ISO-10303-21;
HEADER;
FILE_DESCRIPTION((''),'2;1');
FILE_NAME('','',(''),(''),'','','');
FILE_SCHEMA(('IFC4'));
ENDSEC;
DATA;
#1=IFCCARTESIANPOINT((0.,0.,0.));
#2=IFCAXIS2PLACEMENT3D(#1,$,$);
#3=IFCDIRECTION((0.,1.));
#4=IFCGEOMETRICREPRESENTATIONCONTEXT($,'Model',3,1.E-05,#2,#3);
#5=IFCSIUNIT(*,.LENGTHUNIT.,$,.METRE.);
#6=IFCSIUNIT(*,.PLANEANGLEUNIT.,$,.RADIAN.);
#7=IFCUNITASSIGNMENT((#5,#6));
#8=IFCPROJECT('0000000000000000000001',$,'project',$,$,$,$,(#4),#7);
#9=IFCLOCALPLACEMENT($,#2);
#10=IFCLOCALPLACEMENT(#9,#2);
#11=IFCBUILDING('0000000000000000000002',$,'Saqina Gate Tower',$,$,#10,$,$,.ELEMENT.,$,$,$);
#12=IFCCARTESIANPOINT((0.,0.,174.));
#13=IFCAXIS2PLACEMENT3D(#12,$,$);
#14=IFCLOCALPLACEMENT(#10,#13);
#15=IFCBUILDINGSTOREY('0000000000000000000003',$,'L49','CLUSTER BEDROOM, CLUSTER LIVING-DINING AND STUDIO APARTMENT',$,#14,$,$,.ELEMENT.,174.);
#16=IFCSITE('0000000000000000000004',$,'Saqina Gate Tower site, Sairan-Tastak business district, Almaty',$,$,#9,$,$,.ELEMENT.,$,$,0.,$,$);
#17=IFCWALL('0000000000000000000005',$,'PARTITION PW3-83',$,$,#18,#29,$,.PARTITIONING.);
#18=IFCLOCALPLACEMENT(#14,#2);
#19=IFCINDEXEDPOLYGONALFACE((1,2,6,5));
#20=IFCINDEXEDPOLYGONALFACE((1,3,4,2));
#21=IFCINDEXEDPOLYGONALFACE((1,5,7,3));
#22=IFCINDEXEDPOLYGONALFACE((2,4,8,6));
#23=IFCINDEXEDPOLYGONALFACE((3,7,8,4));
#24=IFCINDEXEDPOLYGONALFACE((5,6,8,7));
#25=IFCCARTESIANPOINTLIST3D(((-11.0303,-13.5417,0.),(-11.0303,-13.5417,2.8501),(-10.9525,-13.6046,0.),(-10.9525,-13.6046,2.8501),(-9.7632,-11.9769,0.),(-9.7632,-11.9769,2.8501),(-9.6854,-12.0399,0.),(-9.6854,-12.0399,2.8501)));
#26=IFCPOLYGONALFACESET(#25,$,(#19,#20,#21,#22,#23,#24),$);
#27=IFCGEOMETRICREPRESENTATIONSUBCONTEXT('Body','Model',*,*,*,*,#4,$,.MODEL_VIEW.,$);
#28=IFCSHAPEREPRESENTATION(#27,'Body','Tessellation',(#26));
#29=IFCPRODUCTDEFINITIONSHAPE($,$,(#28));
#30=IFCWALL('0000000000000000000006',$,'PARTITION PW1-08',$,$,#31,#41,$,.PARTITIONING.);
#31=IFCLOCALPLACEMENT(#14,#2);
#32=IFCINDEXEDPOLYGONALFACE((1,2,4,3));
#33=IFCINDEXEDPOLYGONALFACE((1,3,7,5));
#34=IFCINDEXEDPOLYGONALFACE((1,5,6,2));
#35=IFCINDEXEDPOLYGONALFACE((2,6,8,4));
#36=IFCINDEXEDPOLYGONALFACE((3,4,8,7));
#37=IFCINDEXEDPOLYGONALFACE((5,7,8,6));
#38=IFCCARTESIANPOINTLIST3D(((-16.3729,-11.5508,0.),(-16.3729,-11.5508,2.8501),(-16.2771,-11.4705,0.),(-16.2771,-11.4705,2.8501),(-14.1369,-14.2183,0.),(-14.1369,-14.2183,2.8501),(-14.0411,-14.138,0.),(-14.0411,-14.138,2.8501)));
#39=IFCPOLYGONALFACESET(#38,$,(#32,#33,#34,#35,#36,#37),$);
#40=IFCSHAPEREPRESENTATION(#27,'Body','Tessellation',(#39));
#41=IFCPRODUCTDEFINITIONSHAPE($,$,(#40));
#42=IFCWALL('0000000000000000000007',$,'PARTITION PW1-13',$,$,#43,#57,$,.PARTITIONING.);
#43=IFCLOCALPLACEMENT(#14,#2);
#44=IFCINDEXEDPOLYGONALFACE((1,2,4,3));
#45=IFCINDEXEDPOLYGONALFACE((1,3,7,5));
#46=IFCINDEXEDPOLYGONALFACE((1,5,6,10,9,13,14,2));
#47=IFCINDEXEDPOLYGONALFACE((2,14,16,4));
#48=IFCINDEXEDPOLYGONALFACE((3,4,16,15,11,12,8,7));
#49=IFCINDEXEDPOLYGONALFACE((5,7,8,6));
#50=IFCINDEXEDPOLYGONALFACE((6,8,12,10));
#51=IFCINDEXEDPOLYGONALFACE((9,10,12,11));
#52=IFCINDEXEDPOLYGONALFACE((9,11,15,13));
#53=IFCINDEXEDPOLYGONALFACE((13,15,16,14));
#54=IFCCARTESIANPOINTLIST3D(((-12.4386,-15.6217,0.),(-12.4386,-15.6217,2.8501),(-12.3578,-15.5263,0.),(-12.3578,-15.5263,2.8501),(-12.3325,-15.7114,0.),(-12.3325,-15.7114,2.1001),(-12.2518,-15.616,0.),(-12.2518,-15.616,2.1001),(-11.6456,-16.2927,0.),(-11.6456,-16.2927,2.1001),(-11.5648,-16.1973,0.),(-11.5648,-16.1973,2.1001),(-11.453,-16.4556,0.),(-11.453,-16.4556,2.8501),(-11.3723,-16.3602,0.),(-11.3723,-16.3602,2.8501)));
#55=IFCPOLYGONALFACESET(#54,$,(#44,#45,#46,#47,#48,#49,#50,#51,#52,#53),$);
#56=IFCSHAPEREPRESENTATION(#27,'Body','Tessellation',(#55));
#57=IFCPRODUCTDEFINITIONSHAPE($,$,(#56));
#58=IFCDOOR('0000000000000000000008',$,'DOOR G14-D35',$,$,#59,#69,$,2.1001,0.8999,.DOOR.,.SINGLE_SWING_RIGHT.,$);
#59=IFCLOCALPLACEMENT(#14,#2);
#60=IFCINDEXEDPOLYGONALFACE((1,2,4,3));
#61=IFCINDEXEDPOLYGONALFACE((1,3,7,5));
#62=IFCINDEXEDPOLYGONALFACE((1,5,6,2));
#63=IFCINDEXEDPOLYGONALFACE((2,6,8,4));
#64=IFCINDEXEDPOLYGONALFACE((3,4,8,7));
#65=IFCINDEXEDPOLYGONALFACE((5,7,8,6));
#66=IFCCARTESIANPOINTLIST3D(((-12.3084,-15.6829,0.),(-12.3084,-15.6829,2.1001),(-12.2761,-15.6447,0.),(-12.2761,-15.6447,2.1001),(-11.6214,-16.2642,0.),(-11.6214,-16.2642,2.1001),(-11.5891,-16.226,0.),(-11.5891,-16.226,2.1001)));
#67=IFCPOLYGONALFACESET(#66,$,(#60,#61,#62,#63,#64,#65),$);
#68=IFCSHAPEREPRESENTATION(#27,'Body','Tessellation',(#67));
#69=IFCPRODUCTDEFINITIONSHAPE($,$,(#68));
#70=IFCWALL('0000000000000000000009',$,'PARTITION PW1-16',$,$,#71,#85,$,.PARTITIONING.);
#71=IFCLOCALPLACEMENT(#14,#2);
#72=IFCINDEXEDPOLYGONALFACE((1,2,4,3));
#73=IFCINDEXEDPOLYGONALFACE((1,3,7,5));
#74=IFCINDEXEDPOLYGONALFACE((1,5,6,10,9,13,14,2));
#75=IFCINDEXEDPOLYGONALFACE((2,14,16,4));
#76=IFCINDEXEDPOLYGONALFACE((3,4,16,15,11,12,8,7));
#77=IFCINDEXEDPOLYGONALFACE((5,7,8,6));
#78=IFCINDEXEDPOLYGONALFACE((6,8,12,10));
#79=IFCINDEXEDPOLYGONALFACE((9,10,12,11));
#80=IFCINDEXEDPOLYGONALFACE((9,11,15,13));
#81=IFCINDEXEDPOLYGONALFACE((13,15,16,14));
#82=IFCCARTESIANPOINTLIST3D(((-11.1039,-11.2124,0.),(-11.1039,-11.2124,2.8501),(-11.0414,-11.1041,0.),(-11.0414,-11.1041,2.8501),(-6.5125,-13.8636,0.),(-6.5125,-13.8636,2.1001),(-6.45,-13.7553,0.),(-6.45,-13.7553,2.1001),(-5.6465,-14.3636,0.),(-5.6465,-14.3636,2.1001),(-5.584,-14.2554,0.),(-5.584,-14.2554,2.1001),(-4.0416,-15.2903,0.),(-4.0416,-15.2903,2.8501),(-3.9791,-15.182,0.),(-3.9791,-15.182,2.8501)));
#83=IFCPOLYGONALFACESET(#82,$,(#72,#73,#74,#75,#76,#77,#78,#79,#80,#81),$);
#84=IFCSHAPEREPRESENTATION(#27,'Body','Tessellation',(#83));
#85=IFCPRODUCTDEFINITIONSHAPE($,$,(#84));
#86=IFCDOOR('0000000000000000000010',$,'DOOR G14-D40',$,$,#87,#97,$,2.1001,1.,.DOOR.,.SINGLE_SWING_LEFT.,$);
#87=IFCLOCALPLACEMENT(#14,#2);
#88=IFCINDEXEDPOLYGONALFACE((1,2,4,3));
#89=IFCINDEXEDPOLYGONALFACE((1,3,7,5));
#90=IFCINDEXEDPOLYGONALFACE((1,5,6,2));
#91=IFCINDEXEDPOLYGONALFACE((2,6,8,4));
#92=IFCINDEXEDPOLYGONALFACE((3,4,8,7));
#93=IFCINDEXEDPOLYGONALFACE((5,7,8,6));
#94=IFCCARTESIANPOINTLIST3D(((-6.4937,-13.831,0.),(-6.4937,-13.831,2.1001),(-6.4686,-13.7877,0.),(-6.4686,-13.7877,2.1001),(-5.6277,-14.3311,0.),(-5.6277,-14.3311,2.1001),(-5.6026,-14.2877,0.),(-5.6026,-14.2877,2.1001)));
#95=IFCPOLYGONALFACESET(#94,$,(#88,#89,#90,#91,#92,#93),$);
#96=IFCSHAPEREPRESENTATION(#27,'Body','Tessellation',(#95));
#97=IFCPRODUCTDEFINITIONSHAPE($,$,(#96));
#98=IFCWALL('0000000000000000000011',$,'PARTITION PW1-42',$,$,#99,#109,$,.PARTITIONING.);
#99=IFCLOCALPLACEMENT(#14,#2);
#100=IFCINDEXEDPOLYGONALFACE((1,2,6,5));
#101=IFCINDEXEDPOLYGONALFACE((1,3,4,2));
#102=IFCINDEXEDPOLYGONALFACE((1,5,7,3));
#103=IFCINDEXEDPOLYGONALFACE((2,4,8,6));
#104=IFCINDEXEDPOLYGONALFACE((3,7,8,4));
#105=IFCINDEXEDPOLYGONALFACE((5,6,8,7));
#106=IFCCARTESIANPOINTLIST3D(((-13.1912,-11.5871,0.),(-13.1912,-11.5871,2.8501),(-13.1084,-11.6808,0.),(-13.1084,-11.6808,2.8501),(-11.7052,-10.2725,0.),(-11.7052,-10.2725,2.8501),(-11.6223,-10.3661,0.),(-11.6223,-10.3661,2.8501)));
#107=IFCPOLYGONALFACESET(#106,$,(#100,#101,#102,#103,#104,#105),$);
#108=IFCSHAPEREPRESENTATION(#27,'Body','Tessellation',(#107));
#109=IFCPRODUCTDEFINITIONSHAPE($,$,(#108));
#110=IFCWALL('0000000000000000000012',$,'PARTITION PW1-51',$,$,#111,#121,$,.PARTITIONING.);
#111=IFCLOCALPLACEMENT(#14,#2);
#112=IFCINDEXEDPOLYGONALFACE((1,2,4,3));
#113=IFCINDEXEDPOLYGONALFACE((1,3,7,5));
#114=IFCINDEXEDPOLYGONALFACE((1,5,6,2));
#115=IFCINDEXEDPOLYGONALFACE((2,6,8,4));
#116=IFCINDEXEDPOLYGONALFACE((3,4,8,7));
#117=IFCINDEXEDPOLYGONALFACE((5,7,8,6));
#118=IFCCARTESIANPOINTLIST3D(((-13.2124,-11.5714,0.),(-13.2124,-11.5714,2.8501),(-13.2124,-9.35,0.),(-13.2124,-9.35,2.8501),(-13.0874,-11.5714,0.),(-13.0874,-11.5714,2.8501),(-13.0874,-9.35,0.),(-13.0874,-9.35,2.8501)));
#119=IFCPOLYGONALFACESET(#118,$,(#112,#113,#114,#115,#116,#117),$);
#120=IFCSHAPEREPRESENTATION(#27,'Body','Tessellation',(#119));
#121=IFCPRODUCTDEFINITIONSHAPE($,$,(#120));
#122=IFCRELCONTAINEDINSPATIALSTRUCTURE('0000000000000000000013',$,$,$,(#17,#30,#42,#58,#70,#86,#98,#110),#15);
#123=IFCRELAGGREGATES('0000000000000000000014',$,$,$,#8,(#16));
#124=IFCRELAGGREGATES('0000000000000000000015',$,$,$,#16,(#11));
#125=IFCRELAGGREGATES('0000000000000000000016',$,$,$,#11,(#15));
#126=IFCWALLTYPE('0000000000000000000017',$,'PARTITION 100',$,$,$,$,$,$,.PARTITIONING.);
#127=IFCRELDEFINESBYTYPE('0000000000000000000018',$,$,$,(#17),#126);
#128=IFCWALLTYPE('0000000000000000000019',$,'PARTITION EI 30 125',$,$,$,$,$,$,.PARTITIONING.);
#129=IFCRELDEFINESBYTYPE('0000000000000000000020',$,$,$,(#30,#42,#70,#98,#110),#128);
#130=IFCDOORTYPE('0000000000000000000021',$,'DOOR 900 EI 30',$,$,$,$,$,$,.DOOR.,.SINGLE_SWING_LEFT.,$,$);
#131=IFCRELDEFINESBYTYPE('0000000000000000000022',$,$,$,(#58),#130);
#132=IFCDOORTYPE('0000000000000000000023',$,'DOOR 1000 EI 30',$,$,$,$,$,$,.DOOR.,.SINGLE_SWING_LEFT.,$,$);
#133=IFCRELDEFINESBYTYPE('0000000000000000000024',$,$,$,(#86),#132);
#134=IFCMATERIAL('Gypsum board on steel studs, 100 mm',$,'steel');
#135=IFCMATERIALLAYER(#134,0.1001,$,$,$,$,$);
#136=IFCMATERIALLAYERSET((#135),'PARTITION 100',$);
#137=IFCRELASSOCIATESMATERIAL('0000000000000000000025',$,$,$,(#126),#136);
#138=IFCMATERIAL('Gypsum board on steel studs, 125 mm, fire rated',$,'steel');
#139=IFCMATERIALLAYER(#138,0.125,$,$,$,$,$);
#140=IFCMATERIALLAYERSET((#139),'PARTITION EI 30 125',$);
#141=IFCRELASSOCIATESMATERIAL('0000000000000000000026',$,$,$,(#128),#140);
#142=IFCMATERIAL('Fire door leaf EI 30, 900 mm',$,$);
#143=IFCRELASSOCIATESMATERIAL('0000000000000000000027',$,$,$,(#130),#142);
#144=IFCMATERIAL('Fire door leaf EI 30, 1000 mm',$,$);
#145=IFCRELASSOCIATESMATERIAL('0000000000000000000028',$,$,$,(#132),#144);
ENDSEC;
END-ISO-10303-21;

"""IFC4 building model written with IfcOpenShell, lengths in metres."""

from ifc_helpers import new_model, si_unit, direction, frame, frame_2d, origin, place, context, subcontext, project, spatial, rectangle, extrude, material, layer, layer_set, type_object, element, fill, save


model = new_model("IFC4")

# Units and contexts
model_context = context("Model", 3, precision=1e-05, world=origin(), true_north=direction((0.0, 1.0)))
body_context = subcontext(model_context, "Body", "Model", "MODEL_VIEW")
ifc_project = project(units=[si_unit("LENGTHUNIT", "METRE"), si_unit("PLANEANGLEUNIT", "RADIAN")], contexts=[model_context])

# Site, building, storey
site_placement = place(None, origin())
site = spatial("IfcSite", under=ifc_project, at=site_placement, Name="Saqina Gate Tower site, Sairan-Tastak business district, Almaty", CompositionType="ELEMENT", RefElevation=0.0)
building_placement = place(site_placement, origin())
building = spatial("IfcBuilding", under=site, at=building_placement, Name="Saqina Gate Tower", CompositionType="ELEMENT")
storey_placement = place(building_placement, frame((0.0, 0.0, 174.0)))
storey = spatial("IfcBuildingStorey", under=building, at=storey_placement, Name="L49", Description="CLUSTER BEDROOM, CLUSTER LIVING-DINING AND STUDIO APARTMENT", CompositionType="ELEMENT", Elevation=174.0)

# Shared definitions
ifc_material_1 = material(Name="Gypsum board on steel studs, 100 mm", Category="steel")
ifc_layer_1 = layer(ifc_material_1, 0.1001)
ifc_layer_set_1 = layer_set([ifc_layer_1], Name="PARTITION 100")
wall_type_1 = type_object("IfcWallType", Name="PARTITION 100", PredefinedType="PARTITIONING", material=ifc_layer_set_1)

# Walls
wall_1_placement = place(storey_placement, frame((-10.9915, -13.5732, 0.0), z_axis=(0.0, 0.0, 1.0), x_axis=(0.629327, 0.77714, 0.0)))
element("IfcWall", 1, at=wall_1_placement, inside=storey, type_object=wall_type_1, Name="PARTITION PW3-83", PredefinedType="PARTITIONING", context=body_context, shape_type="SweptSolid", body=[
    extrude(rectangle(XDim=2.0134, YDim=0.1001, at=frame_2d((1.0068, 0.0))), origin(), (0.0, 0.0, 1.0), 2.8501),
])
ifc_material_2 = material(Name="Gypsum board on steel studs, 125 mm, fire rated", Category="steel")
ifc_layer_2 = layer(ifc_material_2, 0.125)
ifc_layer_set_2 = layer_set([ifc_layer_2], Name="PARTITION EI 30 125")
wall_type_2 = type_object("IfcWallType", Name="PARTITION EI 30 125", PredefinedType="PARTITIONING", material=ifc_layer_set_2)
wall_2_placement = place(storey_placement, frame((-16.325, -11.5107, 0.0), z_axis=(0.0, 0.0, 1.0), x_axis=(0.642417, -0.766355, 0.0)))
element("IfcWall", 2, at=wall_2_placement, inside=storey, type_object=wall_type_2, Name="PARTITION PW1-08", PredefinedType="PARTITIONING", context=body_context, shape_type="SweptSolid", body=[
    extrude(rectangle(XDim=3.4807, YDim=0.125, at=frame_2d((1.7402, 0.0))), origin(), (0.0, 0.0, 1.0), 2.8501),
])

# Walls, openings, doors
wall_3_placement = place(storey_placement, frame((-12.3982, -15.574, 0.0), z_axis=(0.0, 0.0, 1.0), x_axis=(0.763379, -0.645951, 0.0)))
wall_3 = element("IfcWall", 3, at=wall_3_placement, inside=storey, type_object=wall_type_2, Name="PARTITION PW1-13", PredefinedType="PARTITIONING", context=body_context, shape_type="SweptSolid", body=[
    extrude(rectangle(XDim=1.291, YDim=0.125, at=frame_2d((0.6455, 0.0))), origin(), (0.0, 0.0, 1.0), 2.8501),
])
opening_1_placement = place(wall_3_placement, frame((0.1389, 0.0, 0.0)))
opening_1 = element("IfcOpeningElement", 4, at=opening_1_placement, cuts=wall_3, PredefinedType="OPENING", context=body_context, shape_type="SweptSolid", body=[
    extrude(rectangle(XDim=0.8999, YDim=2.1001, at=frame_2d((0.45, 1.05))), frame((0.0, 0.0745, 0.0), z_axis=(0.0, -1.0, 0.0), x_axis=(1.0, 0.0, 0.0)), (0.0, 0.0, 1.0), 0.1489),
])
ifc_material_3 = material(Name="Fire door leaf EI 30, 900 mm")
door_type_1 = type_object("IfcDoorType", Name="DOOR 900 EI 30", OperationType="SINGLE_SWING_LEFT", PredefinedType="DOOR", material=ifc_material_3)
door_1_placement = place(opening_1_placement, origin())
door_1 = element("IfcDoor", 5, at=door_1_placement, inside=storey, type_object=door_type_1, Name="DOOR G14-D35", OperationType="SINGLE_SWING_RIGHT", OverallHeight=2.1001, OverallWidth=0.8999, PredefinedType="DOOR", context=body_context, shape_type="SweptSolid", body=[
    extrude(rectangle(XDim=0.8999, YDim=2.1001, at=frame_2d((0.45, 1.05))), frame((0.0, 0.0249, 0.0), z_axis=(0.0, -1.0, 0.0), x_axis=(1.0, 0.0, 0.0)), (0.0, 0.0, 1.0), 0.05),
])
fill(opening_1, door_1)
wall_4_placement = place(storey_placement, frame((-11.0728, -11.1582, 0.0), z_axis=(0.0, 0.0, 1.0), x_axis=(0.866, -0.500045, 0.0)))
wall_4 = element("IfcWall", 6, at=wall_4_placement, inside=storey, type_object=wall_type_2, Name="PARTITION PW1-16", PredefinedType="PARTITIONING", context=body_context, shape_type="SweptSolid", body=[
    extrude(rectangle(XDim=8.155, YDim=0.125, at=frame_2d((4.0776, 0.0))), origin(), (0.0, 0.0, 1.0), 2.8501),
])
opening_2_placement = place(wall_4_placement, frame((5.302, 0.0, 0.0)))
opening_2 = element("IfcOpeningElement", 7, at=opening_2_placement, cuts=wall_4, PredefinedType="OPENING", context=body_context, shape_type="SweptSolid", body=[
    extrude(rectangle(XDim=1.0, YDim=2.1001, at=frame_2d((0.5, 1.05))), frame((0.0, 0.0745, 0.0), z_axis=(0.0, -1.0, 0.0), x_axis=(1.0, 0.0, 0.0)), (0.0, 0.0, 1.0), 0.1489),
])
ifc_material_4 = material(Name="Fire door leaf EI 30, 1000 mm")
door_type_2 = type_object("IfcDoorType", Name="DOOR 1000 EI 30", OperationType="SINGLE_SWING_LEFT", PredefinedType="DOOR", material=ifc_material_4)
door_2_placement = place(opening_2_placement, frame((1.0, 0.0, 0.0), z_axis=(0.0, 0.0, 1.0), x_axis=(-1.0, 0.0, 0.0)))
door_2 = element("IfcDoor", 8, at=door_2_placement, inside=storey, type_object=door_type_2, Name="DOOR G14-D40", OperationType="SINGLE_SWING_LEFT", OverallHeight=2.1001, OverallWidth=1.0, PredefinedType="DOOR", context=body_context, shape_type="SweptSolid", body=[
    extrude(rectangle(XDim=1.0, YDim=2.1001, at=frame_2d((0.5, 1.05))), frame((0.0, 0.0249, 0.0), z_axis=(0.0, -1.0, 0.0), x_axis=(1.0, 0.0, 0.0)), (0.0, 0.0, 1.0), 0.05),
])
fill(opening_2, door_2)

# Walls
wall_5_placement = place(storey_placement, frame((-13.1499, -11.634, 0.0), z_axis=(0.0, 0.0, 1.0), x_axis=(0.748975, 0.662598, 0.0)))
element("IfcWall", 9, at=wall_5_placement, inside=storey, type_object=wall_type_2, Name="PARTITION PW1-42", PredefinedType="PARTITIONING", context=body_context, shape_type="SweptSolid", body=[
    extrude(rectangle(XDim=1.9841, YDim=0.125, at=frame_2d((0.9922, 0.0))), origin(), (0.0, 0.0, 1.0), 2.8501),
])
wall_6_placement = place(storey_placement, frame((-13.1499, -11.5715, 0.0), z_axis=(0.0, 0.0, 1.0), x_axis=(0.0, 1.0, 0.0)))
element("IfcWall", 10, at=wall_6_placement, inside=storey, type_object=wall_type_2, Name="PARTITION PW1-51", PredefinedType="PARTITIONING", context=body_context, shape_type="SweptSolid", body=[
    extrude(rectangle(XDim=2.2214, YDim=0.125, at=frame_2d((1.1108, 0.0))), origin(), (0.0, 0.0, 1.0), 2.8501),
])

save(model, "model.ifc")
